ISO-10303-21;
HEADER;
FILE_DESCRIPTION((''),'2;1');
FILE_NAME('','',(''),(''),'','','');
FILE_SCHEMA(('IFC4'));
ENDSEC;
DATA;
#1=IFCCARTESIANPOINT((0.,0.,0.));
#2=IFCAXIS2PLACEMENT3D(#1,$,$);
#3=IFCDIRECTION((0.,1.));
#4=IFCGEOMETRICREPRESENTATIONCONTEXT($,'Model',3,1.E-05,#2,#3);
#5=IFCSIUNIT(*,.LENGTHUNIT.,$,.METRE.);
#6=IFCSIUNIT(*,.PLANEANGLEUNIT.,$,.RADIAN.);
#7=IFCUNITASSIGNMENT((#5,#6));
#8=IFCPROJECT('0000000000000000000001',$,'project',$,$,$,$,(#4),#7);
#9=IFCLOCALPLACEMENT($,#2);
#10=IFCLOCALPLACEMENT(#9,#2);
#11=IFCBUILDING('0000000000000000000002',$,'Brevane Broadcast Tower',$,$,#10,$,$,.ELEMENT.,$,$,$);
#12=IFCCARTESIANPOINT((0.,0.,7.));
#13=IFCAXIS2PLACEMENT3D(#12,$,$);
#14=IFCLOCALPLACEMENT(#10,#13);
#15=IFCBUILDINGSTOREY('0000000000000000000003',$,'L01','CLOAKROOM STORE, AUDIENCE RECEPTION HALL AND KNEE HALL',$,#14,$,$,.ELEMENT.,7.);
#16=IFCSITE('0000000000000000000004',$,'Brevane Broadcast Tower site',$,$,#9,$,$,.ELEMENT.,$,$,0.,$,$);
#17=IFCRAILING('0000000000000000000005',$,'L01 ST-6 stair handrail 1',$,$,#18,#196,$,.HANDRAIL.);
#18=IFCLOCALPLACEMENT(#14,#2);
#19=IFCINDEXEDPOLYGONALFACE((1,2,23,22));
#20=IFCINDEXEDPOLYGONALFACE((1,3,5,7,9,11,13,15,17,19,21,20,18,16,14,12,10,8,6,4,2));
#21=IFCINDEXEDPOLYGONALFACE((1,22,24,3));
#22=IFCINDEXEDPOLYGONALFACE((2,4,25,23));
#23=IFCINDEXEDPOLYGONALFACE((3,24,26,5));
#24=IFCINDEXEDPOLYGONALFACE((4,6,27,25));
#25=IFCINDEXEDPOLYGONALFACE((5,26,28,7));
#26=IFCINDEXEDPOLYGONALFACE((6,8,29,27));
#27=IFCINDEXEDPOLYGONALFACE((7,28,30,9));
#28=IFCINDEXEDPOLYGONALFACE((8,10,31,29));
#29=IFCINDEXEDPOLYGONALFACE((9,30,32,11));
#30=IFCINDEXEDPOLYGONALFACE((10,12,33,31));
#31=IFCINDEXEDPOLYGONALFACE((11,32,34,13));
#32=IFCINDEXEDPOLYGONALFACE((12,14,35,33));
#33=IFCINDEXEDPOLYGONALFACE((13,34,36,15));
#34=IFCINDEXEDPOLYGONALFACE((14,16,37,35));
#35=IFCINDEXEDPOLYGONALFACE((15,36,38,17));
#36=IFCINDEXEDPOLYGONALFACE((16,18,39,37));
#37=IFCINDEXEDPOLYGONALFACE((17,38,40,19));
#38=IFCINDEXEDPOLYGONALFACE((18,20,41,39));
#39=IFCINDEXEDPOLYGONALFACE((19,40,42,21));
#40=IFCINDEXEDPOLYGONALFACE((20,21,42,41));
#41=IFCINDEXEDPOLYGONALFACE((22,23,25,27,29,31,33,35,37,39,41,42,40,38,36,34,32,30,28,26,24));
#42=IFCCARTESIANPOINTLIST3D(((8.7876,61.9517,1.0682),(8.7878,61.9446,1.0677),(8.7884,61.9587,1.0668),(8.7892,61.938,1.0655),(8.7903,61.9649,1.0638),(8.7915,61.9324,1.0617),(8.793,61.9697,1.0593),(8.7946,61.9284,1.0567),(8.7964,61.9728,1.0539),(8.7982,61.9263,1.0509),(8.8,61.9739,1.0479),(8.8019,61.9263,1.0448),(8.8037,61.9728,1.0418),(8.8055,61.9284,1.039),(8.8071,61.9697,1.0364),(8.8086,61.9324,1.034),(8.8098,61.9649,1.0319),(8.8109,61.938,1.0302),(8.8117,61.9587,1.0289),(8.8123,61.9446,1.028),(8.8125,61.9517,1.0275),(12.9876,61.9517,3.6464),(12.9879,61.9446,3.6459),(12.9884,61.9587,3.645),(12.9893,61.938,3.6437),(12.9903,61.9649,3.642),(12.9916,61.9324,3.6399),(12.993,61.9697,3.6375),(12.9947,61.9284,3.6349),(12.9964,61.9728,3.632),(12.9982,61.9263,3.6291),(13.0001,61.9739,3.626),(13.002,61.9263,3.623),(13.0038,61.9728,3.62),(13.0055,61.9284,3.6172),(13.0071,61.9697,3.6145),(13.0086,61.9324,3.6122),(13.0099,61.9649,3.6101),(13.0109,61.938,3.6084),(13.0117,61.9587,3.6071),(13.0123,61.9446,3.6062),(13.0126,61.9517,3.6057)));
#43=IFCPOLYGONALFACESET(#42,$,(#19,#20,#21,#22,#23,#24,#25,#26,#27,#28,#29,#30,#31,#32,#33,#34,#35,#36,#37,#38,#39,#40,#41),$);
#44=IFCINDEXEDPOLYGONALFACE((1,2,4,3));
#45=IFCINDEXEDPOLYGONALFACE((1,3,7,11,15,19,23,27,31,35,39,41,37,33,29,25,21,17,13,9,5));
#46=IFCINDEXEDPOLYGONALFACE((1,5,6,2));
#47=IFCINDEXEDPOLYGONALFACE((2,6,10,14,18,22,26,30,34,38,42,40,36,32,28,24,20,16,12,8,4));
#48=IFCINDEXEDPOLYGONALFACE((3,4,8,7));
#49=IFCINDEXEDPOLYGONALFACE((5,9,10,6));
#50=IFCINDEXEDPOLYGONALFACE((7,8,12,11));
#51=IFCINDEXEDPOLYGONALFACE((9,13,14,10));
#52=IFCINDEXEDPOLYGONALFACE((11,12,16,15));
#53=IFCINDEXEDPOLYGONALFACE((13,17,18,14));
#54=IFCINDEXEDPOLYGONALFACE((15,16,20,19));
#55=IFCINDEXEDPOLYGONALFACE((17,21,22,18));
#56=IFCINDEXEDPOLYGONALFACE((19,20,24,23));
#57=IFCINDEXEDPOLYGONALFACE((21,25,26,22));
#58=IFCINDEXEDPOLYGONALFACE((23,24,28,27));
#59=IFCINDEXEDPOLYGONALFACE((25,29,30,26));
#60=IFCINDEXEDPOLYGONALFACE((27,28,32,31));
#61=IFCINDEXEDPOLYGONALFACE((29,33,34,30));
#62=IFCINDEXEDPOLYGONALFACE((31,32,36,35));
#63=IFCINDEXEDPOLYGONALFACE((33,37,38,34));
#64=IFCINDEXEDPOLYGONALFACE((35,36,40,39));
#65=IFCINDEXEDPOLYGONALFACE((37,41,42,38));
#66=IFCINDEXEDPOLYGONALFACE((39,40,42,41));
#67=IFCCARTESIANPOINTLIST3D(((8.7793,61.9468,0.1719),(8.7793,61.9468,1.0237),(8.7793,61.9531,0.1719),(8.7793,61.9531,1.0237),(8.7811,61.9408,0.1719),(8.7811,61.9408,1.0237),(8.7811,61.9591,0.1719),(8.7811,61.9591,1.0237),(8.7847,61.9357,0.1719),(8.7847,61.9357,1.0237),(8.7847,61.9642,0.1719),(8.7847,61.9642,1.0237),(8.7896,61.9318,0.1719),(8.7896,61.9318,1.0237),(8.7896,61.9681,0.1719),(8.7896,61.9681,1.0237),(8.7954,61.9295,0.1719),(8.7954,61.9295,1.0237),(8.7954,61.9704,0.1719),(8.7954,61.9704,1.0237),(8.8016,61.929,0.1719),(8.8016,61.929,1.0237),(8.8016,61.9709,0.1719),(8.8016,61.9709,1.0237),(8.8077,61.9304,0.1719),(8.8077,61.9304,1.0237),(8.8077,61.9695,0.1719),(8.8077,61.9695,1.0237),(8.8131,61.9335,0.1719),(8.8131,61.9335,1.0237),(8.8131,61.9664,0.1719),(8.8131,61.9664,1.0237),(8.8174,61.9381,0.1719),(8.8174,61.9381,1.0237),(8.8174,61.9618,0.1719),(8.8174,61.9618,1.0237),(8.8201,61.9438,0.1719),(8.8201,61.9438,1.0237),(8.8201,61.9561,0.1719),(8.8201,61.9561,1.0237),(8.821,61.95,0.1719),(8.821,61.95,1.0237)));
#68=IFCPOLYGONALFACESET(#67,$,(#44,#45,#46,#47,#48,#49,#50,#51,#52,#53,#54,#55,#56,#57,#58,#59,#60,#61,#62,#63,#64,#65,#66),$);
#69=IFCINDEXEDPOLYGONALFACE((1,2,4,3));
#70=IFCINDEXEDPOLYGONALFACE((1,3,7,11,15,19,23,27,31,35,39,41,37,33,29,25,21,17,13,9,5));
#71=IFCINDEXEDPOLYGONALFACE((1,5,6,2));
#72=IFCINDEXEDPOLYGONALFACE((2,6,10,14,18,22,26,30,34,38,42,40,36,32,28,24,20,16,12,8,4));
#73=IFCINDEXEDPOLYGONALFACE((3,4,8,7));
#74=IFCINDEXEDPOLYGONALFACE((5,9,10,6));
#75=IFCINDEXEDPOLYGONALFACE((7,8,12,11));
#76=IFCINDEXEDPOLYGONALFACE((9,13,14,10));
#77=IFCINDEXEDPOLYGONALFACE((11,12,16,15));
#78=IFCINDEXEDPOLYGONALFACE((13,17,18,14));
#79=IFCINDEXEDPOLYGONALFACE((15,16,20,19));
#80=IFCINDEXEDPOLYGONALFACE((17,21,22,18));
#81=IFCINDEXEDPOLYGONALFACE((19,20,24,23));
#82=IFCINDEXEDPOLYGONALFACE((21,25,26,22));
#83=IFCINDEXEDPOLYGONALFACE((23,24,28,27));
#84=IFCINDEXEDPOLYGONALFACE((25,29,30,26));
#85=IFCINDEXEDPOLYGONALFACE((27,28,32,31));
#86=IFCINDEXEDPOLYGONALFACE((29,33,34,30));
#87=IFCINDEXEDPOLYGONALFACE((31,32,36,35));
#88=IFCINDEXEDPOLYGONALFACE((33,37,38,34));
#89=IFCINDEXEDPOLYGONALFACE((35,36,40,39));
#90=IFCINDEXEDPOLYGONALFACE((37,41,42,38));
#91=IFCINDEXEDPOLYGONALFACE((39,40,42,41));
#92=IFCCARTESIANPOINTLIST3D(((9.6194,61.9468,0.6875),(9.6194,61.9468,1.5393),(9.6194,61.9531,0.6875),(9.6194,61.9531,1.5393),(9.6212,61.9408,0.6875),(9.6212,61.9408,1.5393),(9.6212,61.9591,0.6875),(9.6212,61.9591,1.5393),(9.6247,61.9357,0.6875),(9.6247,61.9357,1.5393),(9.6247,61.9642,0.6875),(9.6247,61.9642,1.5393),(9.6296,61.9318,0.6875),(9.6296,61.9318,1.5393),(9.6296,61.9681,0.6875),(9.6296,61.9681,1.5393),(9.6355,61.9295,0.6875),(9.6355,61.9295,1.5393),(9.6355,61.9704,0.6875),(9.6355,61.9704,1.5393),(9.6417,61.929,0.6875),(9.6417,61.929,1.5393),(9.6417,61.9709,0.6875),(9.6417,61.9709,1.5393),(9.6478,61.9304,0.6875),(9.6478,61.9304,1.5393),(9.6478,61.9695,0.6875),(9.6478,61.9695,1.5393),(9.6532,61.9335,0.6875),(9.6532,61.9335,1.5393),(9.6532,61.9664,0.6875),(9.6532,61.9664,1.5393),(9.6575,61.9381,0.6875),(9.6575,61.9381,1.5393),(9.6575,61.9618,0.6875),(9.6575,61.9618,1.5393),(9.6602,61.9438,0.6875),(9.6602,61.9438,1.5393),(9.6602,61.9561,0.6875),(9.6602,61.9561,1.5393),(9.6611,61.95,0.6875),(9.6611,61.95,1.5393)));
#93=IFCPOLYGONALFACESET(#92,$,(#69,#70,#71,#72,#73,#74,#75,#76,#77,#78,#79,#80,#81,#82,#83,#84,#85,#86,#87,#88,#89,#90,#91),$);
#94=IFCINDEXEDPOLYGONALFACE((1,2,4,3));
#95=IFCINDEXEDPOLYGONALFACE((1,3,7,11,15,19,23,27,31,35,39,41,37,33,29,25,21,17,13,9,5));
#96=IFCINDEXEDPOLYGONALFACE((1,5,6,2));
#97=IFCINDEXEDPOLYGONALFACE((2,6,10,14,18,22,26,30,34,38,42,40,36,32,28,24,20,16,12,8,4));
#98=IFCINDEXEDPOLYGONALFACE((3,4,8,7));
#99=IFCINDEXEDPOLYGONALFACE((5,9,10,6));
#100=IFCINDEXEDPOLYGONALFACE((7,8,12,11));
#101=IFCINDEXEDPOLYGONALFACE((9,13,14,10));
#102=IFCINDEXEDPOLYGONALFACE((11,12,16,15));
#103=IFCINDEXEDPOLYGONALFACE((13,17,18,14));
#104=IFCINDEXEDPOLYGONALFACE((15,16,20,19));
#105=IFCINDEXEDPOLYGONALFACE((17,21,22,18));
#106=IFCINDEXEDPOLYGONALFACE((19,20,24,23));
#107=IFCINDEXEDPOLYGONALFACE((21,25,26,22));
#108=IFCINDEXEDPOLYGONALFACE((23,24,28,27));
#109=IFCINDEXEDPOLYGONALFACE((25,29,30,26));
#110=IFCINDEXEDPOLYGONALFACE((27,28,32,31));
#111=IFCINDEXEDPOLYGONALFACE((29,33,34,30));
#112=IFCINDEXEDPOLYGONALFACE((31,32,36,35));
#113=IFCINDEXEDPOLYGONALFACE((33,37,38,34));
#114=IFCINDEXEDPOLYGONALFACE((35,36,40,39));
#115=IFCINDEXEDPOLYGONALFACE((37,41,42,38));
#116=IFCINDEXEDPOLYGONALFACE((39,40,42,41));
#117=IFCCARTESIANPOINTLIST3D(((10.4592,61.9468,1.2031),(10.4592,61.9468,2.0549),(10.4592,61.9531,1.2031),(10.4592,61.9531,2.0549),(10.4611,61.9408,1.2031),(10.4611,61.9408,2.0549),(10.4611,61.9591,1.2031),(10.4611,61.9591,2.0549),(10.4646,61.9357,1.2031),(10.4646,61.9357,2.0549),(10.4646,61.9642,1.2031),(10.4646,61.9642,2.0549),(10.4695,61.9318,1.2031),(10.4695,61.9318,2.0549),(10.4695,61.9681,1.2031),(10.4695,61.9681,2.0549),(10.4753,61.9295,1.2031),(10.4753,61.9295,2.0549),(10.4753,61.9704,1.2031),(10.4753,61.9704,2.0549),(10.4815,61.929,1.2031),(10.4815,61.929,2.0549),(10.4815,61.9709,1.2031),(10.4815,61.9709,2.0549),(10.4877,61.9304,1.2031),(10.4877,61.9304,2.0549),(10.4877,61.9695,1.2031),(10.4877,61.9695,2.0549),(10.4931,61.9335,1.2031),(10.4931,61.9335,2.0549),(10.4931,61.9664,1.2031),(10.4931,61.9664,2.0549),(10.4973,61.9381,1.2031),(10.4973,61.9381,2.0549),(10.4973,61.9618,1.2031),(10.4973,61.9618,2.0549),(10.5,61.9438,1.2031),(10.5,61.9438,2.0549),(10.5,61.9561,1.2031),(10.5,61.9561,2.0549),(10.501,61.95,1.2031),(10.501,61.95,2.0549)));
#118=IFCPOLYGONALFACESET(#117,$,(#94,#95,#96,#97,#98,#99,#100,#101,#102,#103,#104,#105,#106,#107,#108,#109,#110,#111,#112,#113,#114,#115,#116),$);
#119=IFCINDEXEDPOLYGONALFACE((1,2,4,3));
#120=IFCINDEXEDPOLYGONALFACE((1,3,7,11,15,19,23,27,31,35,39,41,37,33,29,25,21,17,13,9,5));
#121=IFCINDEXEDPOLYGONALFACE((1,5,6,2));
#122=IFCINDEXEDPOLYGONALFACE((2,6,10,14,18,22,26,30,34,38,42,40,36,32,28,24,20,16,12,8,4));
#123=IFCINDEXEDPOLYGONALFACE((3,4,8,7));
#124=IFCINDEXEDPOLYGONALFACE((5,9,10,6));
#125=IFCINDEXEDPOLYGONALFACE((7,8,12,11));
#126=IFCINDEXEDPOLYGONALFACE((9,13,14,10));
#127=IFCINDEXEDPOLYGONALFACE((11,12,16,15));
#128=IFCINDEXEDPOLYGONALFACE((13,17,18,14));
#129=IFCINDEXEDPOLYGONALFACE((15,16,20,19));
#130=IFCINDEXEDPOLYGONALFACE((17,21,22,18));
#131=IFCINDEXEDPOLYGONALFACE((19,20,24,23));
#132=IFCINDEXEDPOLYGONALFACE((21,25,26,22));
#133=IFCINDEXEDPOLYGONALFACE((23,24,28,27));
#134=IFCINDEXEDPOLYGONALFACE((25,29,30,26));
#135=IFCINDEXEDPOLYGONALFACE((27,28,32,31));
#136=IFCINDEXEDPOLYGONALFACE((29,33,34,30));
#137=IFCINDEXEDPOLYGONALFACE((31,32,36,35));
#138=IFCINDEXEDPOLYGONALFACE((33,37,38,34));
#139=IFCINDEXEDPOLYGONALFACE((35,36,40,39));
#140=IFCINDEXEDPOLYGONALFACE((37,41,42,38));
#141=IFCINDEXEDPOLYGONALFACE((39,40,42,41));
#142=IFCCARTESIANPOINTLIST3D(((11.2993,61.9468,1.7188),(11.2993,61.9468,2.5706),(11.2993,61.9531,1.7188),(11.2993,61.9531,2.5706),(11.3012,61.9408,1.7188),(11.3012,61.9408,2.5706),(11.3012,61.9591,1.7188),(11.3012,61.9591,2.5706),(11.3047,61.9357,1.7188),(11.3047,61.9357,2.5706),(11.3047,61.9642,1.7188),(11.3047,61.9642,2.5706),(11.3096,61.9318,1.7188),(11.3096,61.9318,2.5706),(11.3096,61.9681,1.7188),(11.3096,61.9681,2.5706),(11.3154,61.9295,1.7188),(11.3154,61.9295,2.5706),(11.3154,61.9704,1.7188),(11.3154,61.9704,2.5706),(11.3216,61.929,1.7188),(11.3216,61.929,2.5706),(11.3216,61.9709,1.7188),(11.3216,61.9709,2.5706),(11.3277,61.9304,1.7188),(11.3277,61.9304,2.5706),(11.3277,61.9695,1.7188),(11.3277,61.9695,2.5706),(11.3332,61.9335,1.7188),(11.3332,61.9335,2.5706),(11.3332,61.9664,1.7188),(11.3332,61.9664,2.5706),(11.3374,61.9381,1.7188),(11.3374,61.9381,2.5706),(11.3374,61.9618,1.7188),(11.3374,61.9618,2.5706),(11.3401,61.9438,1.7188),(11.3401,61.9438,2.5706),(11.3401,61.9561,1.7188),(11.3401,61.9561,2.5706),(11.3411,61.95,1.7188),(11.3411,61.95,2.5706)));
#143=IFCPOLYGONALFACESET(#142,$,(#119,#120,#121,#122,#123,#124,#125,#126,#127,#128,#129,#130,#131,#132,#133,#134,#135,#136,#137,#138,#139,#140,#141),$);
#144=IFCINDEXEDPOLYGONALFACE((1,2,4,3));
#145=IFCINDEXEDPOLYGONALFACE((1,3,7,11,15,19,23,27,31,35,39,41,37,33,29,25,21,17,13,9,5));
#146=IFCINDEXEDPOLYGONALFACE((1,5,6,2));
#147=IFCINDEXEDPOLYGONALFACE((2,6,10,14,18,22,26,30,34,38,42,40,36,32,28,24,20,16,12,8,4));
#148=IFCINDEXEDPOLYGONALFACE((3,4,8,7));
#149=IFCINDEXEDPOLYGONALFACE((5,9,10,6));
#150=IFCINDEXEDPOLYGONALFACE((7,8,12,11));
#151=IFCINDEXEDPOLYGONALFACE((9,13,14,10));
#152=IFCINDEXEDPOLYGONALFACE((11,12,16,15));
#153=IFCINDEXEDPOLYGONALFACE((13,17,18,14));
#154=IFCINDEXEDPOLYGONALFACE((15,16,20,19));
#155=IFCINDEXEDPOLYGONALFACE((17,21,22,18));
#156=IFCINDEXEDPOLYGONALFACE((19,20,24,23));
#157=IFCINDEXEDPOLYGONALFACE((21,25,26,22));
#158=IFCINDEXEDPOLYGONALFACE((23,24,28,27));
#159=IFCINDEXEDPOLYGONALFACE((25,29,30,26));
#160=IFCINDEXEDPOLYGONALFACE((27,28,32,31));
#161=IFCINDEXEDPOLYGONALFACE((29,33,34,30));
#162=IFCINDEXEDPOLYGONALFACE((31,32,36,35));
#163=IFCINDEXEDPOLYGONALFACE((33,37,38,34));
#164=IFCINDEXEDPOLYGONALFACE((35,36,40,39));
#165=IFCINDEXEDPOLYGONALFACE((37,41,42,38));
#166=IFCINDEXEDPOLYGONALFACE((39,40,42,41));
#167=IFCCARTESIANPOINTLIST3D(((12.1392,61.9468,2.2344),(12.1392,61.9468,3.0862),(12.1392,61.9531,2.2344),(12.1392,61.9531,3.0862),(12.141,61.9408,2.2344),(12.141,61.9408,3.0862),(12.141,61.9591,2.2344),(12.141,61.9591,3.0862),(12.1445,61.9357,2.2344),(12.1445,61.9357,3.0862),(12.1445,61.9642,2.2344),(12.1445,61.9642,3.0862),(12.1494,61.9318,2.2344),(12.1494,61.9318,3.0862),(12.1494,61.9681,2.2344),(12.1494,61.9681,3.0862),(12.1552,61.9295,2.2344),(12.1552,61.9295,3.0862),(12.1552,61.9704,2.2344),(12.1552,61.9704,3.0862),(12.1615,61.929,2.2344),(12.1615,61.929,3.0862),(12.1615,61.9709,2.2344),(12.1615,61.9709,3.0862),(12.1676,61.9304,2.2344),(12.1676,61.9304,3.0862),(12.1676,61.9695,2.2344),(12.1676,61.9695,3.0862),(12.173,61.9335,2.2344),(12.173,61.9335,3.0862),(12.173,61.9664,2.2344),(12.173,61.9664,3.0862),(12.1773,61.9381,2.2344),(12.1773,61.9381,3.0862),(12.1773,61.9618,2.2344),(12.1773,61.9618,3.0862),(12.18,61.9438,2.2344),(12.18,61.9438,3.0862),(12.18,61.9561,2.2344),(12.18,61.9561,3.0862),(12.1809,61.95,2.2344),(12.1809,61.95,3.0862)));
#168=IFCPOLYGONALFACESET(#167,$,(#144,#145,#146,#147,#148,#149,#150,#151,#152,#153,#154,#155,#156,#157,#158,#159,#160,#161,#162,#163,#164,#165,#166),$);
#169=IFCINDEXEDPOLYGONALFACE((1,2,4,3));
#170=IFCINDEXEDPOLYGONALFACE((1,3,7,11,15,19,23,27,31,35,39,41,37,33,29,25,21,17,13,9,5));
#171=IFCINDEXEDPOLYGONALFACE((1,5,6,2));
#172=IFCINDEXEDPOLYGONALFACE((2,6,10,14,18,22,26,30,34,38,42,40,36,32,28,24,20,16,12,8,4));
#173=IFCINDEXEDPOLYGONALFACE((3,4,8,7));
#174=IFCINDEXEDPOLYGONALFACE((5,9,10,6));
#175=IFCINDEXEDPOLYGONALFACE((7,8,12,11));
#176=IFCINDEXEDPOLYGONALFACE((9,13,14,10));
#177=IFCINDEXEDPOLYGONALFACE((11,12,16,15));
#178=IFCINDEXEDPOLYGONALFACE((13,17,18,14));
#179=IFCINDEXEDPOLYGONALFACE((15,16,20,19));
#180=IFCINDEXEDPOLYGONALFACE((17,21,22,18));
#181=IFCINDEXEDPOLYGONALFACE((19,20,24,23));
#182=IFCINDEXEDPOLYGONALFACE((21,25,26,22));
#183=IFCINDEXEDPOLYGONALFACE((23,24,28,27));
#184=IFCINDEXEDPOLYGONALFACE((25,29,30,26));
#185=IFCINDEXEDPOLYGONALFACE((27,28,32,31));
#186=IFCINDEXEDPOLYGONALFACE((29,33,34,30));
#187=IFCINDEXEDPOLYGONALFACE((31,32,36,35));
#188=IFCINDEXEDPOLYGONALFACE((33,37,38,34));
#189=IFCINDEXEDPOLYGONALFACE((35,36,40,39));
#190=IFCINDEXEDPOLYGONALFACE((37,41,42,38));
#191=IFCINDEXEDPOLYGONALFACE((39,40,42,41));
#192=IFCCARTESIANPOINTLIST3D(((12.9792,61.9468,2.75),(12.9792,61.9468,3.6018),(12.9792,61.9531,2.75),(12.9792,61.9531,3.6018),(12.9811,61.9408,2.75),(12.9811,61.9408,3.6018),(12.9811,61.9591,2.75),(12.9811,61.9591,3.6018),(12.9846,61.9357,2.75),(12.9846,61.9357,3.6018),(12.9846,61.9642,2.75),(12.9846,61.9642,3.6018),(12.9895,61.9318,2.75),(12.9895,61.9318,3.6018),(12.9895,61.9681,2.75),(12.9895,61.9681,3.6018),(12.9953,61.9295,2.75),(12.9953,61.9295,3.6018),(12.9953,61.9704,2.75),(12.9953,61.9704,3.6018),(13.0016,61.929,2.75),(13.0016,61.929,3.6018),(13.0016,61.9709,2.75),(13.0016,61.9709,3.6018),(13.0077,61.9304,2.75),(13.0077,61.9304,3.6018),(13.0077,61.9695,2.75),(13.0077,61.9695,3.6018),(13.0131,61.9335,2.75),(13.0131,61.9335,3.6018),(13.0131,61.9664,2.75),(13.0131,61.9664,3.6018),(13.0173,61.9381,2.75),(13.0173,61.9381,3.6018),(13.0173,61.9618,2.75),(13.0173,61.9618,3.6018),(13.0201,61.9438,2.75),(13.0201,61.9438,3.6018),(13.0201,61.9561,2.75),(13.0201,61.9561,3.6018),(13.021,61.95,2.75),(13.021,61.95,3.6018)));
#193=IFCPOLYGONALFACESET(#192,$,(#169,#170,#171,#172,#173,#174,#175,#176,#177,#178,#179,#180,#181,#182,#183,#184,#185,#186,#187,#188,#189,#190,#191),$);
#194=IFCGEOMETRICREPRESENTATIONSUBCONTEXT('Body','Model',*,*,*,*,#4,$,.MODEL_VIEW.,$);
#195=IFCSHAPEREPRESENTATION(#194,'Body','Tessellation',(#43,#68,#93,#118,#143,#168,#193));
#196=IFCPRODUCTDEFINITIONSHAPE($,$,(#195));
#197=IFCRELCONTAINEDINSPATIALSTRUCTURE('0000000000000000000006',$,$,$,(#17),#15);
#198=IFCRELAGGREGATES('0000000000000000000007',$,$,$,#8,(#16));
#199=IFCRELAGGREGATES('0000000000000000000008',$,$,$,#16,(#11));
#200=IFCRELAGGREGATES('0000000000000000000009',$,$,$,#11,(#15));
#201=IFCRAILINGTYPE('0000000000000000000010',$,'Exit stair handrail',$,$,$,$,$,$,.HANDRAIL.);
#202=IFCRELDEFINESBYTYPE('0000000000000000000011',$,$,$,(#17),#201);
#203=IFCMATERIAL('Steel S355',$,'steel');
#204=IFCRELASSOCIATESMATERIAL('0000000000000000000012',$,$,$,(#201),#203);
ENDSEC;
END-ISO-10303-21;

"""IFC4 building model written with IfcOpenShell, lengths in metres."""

from ifc_helpers import new_model, si_unit, direction, frame, origin, origin_2d, place, context, subcontext, project, spatial, circle, extrude, material, type_object, element, save


model = new_model("IFC4")

# Units and contexts
model_context = context("Model", 3, precision=1e-05, world=origin(), true_north=direction((0.0, 1.0)))
body_context = subcontext(model_context, "Body", "Model", "MODEL_VIEW")
ifc_project = project(units=[si_unit("LENGTHUNIT", "METRE"), si_unit("PLANEANGLEUNIT", "RADIAN")], contexts=[model_context])

# Site, building, storey
site_placement = place(None, origin())
site = spatial("IfcSite", under=ifc_project, at=site_placement, Name="Brevane Broadcast Tower site", CompositionType="ELEMENT", RefElevation=0.0)
building_placement = place(site_placement, origin())
building = spatial("IfcBuilding", under=site, at=building_placement, Name="Brevane Broadcast Tower", CompositionType="ELEMENT")
storey_placement = place(building_placement, frame((0.0, 0.0, 7.0)))
storey = spatial("IfcBuildingStorey", under=building, at=storey_placement, Name="L01", Description="CLOAKROOM STORE, AUDIENCE RECEPTION HALL AND KNEE HALL", CompositionType="ELEMENT", Elevation=7.0)

# Railing
ifc_material_1 = material(Name="Steel S355", Category="steel")
railing_type_1 = type_object("IfcRailingType", Name="Exit stair handrail", PredefinedType="HANDRAIL", material=ifc_material_1)
railing_1_placement = place(storey_placement, frame((8.8, 61.95, 0.1719)))
element("IfcRailing", 1, at=railing_1_placement, inside=storey, type_object=railing_type_1, Name="L01 ST-6 stair handrail 1", PredefinedType="HANDRAIL", context=body_context, shape_type="SweptSolid", body=[
    extrude(circle(Radius=0.0239, at=origin_2d()), frame((0.0, 0.0, 0.876), z_axis=(0.852243, 0.0, 0.523146), x_axis=(0.0, 1.0, 0.0)), (0.0, 0.0, 1.0), 4.9282),
    extrude(circle(Radius=0.021, at=origin_2d()), origin(), (0.0, 0.0, 1.0), 0.8518),
    extrude(circle(Radius=0.021, at=origin_2d()), frame((0.8401, 0.0, 0.5156)), (0.0, 0.0, 1.0), 0.8518),
    extrude(circle(Radius=0.021, at=origin_2d()), frame((1.6799, 0.0, 1.0312)), (0.0, 0.0, 1.0), 0.8518),
    extrude(circle(Radius=0.021, at=origin_2d()), frame((2.52, 0.0, 1.5469)), (0.0, 0.0, 1.0), 0.8518),
    extrude(circle(Radius=0.021, at=origin_2d()), frame((3.3599, 0.0, 2.0625)), (0.0, 0.0, 1.0), 0.8518),
    extrude(circle(Radius=0.021, at=origin_2d()), frame((4.2, 0.0, 2.5781)), (0.0, 0.0, 1.0), 0.8518),
])

save(model, "model.ifc")
